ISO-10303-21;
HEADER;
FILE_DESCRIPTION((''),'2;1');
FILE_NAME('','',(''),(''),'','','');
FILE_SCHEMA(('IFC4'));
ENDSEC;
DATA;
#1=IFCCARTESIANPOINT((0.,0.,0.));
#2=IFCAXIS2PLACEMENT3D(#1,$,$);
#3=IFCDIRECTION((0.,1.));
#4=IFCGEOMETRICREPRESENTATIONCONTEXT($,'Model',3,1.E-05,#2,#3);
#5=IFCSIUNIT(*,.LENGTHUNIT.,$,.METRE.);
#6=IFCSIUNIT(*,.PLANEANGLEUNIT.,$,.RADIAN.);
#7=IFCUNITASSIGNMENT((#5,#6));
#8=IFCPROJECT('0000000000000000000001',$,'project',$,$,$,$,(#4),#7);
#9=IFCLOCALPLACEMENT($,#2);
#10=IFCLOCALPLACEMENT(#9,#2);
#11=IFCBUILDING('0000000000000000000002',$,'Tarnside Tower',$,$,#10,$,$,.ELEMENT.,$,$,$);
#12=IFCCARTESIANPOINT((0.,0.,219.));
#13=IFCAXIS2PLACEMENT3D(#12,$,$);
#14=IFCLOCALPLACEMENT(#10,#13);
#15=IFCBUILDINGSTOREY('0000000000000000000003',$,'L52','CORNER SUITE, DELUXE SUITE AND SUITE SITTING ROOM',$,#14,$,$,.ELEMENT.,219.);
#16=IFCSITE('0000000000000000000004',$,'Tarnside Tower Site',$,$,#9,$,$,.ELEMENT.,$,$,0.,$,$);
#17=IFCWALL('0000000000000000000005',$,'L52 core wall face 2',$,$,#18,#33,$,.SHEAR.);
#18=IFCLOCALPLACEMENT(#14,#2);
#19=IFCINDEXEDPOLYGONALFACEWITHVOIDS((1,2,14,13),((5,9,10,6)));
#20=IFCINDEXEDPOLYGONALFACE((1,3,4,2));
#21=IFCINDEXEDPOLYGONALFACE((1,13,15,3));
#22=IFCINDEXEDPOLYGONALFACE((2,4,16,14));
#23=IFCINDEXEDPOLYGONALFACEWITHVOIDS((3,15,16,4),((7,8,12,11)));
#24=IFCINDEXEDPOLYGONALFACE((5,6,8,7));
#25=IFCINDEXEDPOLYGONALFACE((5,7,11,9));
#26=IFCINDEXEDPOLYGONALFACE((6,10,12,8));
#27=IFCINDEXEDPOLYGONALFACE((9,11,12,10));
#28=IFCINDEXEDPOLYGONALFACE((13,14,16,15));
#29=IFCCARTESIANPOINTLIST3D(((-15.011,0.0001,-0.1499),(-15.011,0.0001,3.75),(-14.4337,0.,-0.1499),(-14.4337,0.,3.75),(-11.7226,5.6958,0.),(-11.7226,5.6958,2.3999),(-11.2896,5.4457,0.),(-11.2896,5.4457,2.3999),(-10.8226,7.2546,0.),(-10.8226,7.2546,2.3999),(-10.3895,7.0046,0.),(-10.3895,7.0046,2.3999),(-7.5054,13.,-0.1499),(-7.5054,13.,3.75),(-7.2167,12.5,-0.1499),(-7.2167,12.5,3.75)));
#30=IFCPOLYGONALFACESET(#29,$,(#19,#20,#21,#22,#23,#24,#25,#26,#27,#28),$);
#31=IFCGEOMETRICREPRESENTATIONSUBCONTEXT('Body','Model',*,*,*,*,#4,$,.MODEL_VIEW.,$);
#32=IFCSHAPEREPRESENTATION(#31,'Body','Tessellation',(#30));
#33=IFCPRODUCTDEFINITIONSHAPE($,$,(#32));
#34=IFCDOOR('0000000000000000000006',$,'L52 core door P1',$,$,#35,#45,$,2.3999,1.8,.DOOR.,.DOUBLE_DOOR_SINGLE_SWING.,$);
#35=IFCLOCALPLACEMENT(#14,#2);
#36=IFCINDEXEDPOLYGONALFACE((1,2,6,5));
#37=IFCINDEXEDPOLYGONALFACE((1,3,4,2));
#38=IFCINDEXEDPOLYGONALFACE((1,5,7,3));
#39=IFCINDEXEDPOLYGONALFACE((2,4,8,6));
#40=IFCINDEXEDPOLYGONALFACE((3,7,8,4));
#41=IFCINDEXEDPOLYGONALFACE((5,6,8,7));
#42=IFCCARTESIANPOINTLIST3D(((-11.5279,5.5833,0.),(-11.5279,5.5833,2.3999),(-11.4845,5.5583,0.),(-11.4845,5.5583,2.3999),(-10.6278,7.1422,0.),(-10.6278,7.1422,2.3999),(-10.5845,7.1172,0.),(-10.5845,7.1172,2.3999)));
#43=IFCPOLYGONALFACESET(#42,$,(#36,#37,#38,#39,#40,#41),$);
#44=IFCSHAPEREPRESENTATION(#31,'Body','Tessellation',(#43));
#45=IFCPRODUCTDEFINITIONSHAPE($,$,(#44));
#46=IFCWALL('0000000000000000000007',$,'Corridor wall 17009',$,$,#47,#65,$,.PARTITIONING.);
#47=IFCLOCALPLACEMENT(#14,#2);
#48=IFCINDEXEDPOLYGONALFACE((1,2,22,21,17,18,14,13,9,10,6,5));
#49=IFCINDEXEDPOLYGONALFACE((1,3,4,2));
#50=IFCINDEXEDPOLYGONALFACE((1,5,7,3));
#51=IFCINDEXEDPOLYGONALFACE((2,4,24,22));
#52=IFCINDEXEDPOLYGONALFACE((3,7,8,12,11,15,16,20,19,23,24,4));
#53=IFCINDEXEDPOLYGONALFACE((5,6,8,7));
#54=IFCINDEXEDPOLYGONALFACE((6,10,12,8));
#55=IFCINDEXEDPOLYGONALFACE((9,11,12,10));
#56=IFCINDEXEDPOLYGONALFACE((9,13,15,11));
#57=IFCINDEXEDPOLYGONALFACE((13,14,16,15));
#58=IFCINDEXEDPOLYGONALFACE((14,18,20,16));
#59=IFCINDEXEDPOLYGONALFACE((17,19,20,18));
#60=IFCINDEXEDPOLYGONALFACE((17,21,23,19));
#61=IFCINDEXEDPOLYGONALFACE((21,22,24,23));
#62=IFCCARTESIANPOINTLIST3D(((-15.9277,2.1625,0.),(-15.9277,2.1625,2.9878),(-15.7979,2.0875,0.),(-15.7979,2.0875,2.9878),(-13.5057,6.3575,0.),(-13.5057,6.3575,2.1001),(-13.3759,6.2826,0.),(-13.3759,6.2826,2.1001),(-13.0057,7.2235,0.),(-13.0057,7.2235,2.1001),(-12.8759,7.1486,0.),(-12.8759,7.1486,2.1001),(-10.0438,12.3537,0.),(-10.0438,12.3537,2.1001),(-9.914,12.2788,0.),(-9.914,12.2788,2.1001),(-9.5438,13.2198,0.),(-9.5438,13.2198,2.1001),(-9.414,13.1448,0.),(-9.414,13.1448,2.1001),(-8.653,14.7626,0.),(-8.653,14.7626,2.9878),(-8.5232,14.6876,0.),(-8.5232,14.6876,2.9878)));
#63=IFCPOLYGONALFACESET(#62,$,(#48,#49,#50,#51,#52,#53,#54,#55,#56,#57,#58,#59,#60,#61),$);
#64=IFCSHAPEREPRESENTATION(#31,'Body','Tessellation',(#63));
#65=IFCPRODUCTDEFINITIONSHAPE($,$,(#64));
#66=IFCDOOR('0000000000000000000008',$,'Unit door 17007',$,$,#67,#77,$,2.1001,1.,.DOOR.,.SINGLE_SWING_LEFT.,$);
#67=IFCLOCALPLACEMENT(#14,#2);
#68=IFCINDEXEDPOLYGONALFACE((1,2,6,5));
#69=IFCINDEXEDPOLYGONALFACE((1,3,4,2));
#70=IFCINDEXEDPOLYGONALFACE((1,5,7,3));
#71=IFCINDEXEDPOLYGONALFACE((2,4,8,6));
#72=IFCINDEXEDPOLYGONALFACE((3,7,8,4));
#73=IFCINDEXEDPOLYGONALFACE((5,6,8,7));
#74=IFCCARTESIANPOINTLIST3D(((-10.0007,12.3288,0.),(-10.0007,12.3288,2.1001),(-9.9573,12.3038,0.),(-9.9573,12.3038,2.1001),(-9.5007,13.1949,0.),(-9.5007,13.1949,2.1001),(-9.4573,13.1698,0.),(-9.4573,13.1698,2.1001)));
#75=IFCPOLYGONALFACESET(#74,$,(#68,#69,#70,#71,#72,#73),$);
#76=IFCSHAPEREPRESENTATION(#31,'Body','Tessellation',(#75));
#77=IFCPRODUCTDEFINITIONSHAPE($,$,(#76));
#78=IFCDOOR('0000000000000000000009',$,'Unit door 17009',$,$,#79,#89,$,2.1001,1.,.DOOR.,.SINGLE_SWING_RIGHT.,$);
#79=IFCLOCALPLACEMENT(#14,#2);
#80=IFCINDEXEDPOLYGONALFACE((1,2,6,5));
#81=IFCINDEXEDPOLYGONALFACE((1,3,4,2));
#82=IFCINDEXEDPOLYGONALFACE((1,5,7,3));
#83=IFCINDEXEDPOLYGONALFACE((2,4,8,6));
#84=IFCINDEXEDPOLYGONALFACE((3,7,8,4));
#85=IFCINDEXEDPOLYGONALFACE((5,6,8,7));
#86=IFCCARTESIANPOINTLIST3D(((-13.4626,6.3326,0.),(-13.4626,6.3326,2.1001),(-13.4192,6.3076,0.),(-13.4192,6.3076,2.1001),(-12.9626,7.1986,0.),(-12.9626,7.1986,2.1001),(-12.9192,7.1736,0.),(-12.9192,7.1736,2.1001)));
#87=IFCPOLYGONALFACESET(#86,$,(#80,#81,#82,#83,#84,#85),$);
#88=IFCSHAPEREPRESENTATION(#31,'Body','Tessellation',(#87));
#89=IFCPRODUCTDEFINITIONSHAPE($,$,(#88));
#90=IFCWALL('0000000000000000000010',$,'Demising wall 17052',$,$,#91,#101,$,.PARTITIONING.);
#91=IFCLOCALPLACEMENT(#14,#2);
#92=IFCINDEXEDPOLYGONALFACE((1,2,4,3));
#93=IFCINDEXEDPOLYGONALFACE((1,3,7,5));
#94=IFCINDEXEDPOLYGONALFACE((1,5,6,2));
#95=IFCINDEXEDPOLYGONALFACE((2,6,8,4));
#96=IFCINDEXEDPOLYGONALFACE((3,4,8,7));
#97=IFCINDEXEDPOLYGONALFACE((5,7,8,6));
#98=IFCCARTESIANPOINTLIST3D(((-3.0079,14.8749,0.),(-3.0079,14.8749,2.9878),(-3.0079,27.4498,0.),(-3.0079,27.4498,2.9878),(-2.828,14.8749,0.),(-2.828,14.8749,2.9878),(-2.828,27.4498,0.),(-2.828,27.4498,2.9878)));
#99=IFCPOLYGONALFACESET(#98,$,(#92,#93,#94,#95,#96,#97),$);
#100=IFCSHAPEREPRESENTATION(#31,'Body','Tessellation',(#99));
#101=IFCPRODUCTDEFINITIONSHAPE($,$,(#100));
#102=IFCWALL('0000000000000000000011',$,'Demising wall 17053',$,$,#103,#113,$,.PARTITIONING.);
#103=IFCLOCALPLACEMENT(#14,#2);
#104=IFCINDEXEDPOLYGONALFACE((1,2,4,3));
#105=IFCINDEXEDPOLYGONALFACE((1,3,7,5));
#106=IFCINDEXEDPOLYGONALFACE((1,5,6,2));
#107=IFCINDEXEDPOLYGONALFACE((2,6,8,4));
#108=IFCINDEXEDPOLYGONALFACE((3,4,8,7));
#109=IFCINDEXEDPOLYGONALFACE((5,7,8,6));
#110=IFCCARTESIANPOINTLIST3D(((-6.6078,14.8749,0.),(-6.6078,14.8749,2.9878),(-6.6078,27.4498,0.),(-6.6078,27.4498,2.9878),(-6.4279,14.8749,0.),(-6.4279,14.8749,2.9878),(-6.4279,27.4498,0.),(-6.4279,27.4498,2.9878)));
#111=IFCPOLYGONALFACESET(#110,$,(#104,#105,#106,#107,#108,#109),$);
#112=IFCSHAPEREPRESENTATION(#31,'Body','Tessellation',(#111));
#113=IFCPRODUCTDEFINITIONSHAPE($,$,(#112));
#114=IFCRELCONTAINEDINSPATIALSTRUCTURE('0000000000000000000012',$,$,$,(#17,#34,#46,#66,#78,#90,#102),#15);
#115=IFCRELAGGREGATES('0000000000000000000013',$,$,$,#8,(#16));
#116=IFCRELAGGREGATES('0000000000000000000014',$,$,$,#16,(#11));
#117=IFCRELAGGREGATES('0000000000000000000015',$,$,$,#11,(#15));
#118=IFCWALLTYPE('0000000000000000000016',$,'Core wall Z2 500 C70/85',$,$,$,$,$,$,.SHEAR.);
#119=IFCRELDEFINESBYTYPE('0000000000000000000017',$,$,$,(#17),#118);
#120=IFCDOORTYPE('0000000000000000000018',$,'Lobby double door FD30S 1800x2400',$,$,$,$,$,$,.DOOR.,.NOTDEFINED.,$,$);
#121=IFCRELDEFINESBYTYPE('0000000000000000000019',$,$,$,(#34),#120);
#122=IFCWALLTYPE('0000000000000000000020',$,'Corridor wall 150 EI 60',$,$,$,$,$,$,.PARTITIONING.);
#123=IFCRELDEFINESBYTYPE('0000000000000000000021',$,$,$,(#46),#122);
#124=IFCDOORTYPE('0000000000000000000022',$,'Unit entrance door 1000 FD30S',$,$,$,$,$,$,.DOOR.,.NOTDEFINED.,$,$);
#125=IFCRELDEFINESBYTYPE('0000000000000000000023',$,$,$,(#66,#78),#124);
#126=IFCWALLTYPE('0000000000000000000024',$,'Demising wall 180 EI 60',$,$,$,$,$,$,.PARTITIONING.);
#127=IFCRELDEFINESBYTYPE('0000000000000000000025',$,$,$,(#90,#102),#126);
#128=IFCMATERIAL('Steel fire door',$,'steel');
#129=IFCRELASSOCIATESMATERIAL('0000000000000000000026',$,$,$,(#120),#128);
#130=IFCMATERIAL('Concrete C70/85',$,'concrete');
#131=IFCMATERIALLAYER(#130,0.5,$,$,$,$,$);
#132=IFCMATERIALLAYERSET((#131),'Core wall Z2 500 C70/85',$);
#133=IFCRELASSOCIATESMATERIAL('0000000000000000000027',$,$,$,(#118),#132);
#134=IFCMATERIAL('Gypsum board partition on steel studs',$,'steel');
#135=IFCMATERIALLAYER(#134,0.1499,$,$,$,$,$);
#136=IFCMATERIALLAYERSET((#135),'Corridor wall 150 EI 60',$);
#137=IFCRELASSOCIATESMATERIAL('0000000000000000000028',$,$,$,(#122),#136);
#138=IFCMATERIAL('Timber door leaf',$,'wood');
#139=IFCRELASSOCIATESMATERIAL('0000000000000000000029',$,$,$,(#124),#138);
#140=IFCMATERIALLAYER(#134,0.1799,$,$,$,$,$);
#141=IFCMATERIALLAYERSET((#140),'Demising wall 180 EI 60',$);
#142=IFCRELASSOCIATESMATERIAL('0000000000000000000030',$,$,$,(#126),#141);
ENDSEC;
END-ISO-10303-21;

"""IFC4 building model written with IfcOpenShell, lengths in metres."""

from ifc_helpers import new_model, si_unit, direction, frame, frame_2d, origin, place, context, subcontext, project, spatial, polyline, rectangle, outline, extrude, material, layer, layer_set, type_object, element, fill, save


model = new_model("IFC4")

# Units and contexts
model_context = context("Model", 3, precision=1e-05, world=origin(), true_north=direction((0.0, 1.0)))
body_context = subcontext(model_context, "Body", "Model", "MODEL_VIEW")
ifc_project = project(units=[si_unit("LENGTHUNIT", "METRE"), si_unit("PLANEANGLEUNIT", "RADIAN")], contexts=[model_context])

# Site, building, storey
site_placement = place(None, origin())
site = spatial("IfcSite", under=ifc_project, at=site_placement, Name="Tarnside Tower Site", CompositionType="ELEMENT", RefElevation=0.0)
building_placement = place(site_placement, origin())
building = spatial("IfcBuilding", under=site, at=building_placement, Name="Tarnside Tower", CompositionType="ELEMENT")
storey_placement = place(building_placement, frame((0.0, 0.0, 219.0)))
storey = spatial("IfcBuildingStorey", under=building, at=storey_placement, Name="L52", Description="CORNER SUITE, DELUXE SUITE AND SUITE SITTING ROOM", CompositionType="ELEMENT", Elevation=219.0)

# Wall, opening, door
ifc_material_1 = material(Name="Steel fire door", Category="steel")
door_type_1 = type_object("IfcDoorType", Name="Lobby double door FD30S 1800x2400", OperationType="NOTDEFINED", PredefinedType="DOOR", material=ifc_material_1)
ifc_material_2 = material(Name="Concrete C70/85", Category="concrete")
ifc_layer_1 = layer(ifc_material_2, 0.5)
ifc_layer_set_1 = layer_set([ifc_layer_1], Name="Core wall Z2 500 C70/85")
wall_type_1 = type_object("IfcWallType", Name="Core wall Z2 500 C70/85", PredefinedType="SHEAR", material=ifc_layer_set_1)
wall_1_placement = place(storey_placement, frame((-7.3611, 12.75, -0.1499), z_axis=(0.0, 0.0, 1.0), x_axis=(-0.500006, -0.866022, 0.0)))
wall_1 = element("IfcWall", 1, at=wall_1_placement, inside=storey, type_object=wall_type_1, Name="L52 core wall face 2", PredefinedType="SHEAR", context=body_context, shape_type="SweptSolid", body=[
    extrude(outline(polyline([(-0.1443, -0.25), (14.8667, -0.25), (14.5781, 0.25), (0.1443, 0.25), (-0.1443, -0.25)])), origin(), (0.0, 0.0, 1.0), 3.8999),
])
opening_1_placement = place(wall_1_placement, frame((6.49, 0.0, 0.1499)))
opening_1 = element("IfcOpeningElement", 2, at=opening_1_placement, cuts=wall_1, PredefinedType="OPENING", context=body_context, shape_type="SweptSolid", body=[
    extrude(rectangle(XDim=1.8, YDim=2.3999, at=frame_2d((0.8999, 1.2))), frame((0.0, 0.26, 0.0), z_axis=(0.0, -1.0, 0.0), x_axis=(1.0, 0.0, 0.0)), (0.0, 0.0, 1.0), 0.52),
])
door_1_placement = place(opening_1_placement, origin())
door_1 = element("IfcDoor", 3, at=door_1_placement, inside=storey, type_object=door_type_1, Name="L52 core door P1", OperationType="DOUBLE_DOOR_SINGLE_SWING", OverallHeight=2.3999, OverallWidth=1.8, PredefinedType="DOOR", context=body_context, shape_type="SweptSolid", body=[
    extrude(rectangle(XDim=1.8, YDim=2.3999, at=frame_2d((0.8999, 1.2))), frame((0.0, 0.0249, 0.0), z_axis=(0.0, -1.0, 0.0), x_axis=(1.0, 0.0, 0.0)), (0.0, 0.0, 1.0), 0.05),
])
fill(opening_1, door_1)

# Wall, openings, doors
ifc_material_3 = material(Name="Gypsum board partition on steel studs", Category="steel")
ifc_layer_2 = layer(ifc_material_3, 0.1499)
ifc_layer_set_2 = layer_set([ifc_layer_2], Name="Corridor wall 150 EI 60")
wall_type_2 = type_object("IfcWallType", Name="Corridor wall 150 EI 60", PredefinedType="PARTITIONING", material=ifc_layer_set_2)
wall_2_placement = place(storey_placement, frame((-8.5881, 14.7251, 0.0), z_axis=(0.0, 0.0, 1.0), x_axis=(-0.499999, -0.866026, 0.0)))
wall_2 = element("IfcWall", 4, at=wall_2_placement, inside=storey, type_object=wall_type_2, Name="Corridor wall 17009", PredefinedType="PARTITIONING", context=body_context, shape_type="SweptSolid", body=[
    extrude(rectangle(XDim=14.5493, YDim=0.1499, at=frame_2d((7.2747, 0.0))), origin(), (0.0, 0.0, 1.0), 2.9878),
])
opening_2_placement = place(wall_2_placement, frame((1.7815, 0.0, 0.0)))
opening_2 = element("IfcOpeningElement", 5, at=opening_2_placement, cuts=wall_2, PredefinedType="OPENING", context=body_context, shape_type="SweptSolid", body=[
    extrude(rectangle(XDim=1.0, YDim=2.1001, at=frame_2d((0.5, 1.05))), frame((0.0, 0.085, 0.0), z_axis=(0.0, -1.0, 0.0), x_axis=(1.0, 0.0, 0.0)), (0.0, 0.0, 1.0), 0.1699),
])
opening_3_placement = place(wall_2_placement, frame((8.7053, 0.0, 0.0)))
opening_3 = element("IfcOpeningElement", 6, at=opening_3_placement, cuts=wall_2, PredefinedType="OPENING", context=body_context, shape_type="SweptSolid", body=[
    extrude(rectangle(XDim=1.0, YDim=2.1001, at=frame_2d((0.5, 1.05))), frame((0.0, 0.085, 0.0), z_axis=(0.0, -1.0, 0.0), x_axis=(1.0, 0.0, 0.0)), (0.0, 0.0, 1.0), 0.1699),
])
ifc_material_4 = material(Name="Timber door leaf", Category="wood")
door_type_2 = type_object("IfcDoorType", Name="Unit entrance door 1000 FD30S", OperationType="NOTDEFINED", PredefinedType="DOOR", material=ifc_material_4)
door_2_placement = place(opening_2_placement, origin())
door_2 = element("IfcDoor", 7, at=door_2_placement, inside=storey, type_object=door_type_2, Name="Unit door 17007", OperationType="SINGLE_SWING_LEFT", OverallHeight=2.1001, OverallWidth=1.0, PredefinedType="DOOR", context=body_context, shape_type="SweptSolid", body=[
    extrude(rectangle(XDim=1.0, YDim=2.1001, at=frame_2d((0.5, 1.05))), frame((0.0, 0.0249, 0.0), z_axis=(0.0, -1.0, 0.0), x_axis=(1.0, 0.0, 0.0)), (0.0, 0.0, 1.0), 0.05),
])
fill(opening_2, door_2)
door_3_placement = place(opening_3_placement, origin())
door_3 = element("IfcDoor", 8, at=door_3_placement, inside=storey, type_object=door_type_2, Name="Unit door 17009", OperationType="SINGLE_SWING_RIGHT", OverallHeight=2.1001, OverallWidth=1.0, PredefinedType="DOOR", context=body_context, shape_type="SweptSolid", body=[
    extrude(rectangle(XDim=1.0, YDim=2.1001, at=frame_2d((0.5, 1.05))), frame((0.0, 0.0249, 0.0), z_axis=(0.0, -1.0, 0.0), x_axis=(1.0, 0.0, 0.0)), (0.0, 0.0, 1.0), 0.05),
])
fill(opening_3, door_3)

# Walls
ifc_layer_3 = layer(ifc_material_3, 0.1799)
ifc_layer_set_3 = layer_set([ifc_layer_3], Name="Demising wall 180 EI 60")
wall_type_3 = type_object("IfcWallType", Name="Demising wall 180 EI 60", PredefinedType="PARTITIONING", material=ifc_layer_set_3)
for number, where, z_axis, x_axis, name in (
    (9, (-2.918, 27.45, 0.0), (0.0, 0.0, 1.0), (0.0, -1.0, 0.0), "Demising wall 17052"),
    (10, (-6.5178, 27.45, 0.0), (0.0, 0.0, 1.0), (0.0, -1.0, 0.0), "Demising wall 17053"),
):
    element("IfcWall", number, at=place(storey_placement, frame(where, z_axis=z_axis, x_axis=x_axis)), inside=storey, type_object=wall_type_3, Name=name, PredefinedType="PARTITIONING", context=body_context, shape_type="SweptSolid", body=[
        extrude(rectangle(XDim=12.575, YDim=0.1799, at=frame_2d((6.2876, 0.0))), origin(), (0.0, 0.0, 1.0), 2.9878),
    ])

save(model, "model.ifc")
